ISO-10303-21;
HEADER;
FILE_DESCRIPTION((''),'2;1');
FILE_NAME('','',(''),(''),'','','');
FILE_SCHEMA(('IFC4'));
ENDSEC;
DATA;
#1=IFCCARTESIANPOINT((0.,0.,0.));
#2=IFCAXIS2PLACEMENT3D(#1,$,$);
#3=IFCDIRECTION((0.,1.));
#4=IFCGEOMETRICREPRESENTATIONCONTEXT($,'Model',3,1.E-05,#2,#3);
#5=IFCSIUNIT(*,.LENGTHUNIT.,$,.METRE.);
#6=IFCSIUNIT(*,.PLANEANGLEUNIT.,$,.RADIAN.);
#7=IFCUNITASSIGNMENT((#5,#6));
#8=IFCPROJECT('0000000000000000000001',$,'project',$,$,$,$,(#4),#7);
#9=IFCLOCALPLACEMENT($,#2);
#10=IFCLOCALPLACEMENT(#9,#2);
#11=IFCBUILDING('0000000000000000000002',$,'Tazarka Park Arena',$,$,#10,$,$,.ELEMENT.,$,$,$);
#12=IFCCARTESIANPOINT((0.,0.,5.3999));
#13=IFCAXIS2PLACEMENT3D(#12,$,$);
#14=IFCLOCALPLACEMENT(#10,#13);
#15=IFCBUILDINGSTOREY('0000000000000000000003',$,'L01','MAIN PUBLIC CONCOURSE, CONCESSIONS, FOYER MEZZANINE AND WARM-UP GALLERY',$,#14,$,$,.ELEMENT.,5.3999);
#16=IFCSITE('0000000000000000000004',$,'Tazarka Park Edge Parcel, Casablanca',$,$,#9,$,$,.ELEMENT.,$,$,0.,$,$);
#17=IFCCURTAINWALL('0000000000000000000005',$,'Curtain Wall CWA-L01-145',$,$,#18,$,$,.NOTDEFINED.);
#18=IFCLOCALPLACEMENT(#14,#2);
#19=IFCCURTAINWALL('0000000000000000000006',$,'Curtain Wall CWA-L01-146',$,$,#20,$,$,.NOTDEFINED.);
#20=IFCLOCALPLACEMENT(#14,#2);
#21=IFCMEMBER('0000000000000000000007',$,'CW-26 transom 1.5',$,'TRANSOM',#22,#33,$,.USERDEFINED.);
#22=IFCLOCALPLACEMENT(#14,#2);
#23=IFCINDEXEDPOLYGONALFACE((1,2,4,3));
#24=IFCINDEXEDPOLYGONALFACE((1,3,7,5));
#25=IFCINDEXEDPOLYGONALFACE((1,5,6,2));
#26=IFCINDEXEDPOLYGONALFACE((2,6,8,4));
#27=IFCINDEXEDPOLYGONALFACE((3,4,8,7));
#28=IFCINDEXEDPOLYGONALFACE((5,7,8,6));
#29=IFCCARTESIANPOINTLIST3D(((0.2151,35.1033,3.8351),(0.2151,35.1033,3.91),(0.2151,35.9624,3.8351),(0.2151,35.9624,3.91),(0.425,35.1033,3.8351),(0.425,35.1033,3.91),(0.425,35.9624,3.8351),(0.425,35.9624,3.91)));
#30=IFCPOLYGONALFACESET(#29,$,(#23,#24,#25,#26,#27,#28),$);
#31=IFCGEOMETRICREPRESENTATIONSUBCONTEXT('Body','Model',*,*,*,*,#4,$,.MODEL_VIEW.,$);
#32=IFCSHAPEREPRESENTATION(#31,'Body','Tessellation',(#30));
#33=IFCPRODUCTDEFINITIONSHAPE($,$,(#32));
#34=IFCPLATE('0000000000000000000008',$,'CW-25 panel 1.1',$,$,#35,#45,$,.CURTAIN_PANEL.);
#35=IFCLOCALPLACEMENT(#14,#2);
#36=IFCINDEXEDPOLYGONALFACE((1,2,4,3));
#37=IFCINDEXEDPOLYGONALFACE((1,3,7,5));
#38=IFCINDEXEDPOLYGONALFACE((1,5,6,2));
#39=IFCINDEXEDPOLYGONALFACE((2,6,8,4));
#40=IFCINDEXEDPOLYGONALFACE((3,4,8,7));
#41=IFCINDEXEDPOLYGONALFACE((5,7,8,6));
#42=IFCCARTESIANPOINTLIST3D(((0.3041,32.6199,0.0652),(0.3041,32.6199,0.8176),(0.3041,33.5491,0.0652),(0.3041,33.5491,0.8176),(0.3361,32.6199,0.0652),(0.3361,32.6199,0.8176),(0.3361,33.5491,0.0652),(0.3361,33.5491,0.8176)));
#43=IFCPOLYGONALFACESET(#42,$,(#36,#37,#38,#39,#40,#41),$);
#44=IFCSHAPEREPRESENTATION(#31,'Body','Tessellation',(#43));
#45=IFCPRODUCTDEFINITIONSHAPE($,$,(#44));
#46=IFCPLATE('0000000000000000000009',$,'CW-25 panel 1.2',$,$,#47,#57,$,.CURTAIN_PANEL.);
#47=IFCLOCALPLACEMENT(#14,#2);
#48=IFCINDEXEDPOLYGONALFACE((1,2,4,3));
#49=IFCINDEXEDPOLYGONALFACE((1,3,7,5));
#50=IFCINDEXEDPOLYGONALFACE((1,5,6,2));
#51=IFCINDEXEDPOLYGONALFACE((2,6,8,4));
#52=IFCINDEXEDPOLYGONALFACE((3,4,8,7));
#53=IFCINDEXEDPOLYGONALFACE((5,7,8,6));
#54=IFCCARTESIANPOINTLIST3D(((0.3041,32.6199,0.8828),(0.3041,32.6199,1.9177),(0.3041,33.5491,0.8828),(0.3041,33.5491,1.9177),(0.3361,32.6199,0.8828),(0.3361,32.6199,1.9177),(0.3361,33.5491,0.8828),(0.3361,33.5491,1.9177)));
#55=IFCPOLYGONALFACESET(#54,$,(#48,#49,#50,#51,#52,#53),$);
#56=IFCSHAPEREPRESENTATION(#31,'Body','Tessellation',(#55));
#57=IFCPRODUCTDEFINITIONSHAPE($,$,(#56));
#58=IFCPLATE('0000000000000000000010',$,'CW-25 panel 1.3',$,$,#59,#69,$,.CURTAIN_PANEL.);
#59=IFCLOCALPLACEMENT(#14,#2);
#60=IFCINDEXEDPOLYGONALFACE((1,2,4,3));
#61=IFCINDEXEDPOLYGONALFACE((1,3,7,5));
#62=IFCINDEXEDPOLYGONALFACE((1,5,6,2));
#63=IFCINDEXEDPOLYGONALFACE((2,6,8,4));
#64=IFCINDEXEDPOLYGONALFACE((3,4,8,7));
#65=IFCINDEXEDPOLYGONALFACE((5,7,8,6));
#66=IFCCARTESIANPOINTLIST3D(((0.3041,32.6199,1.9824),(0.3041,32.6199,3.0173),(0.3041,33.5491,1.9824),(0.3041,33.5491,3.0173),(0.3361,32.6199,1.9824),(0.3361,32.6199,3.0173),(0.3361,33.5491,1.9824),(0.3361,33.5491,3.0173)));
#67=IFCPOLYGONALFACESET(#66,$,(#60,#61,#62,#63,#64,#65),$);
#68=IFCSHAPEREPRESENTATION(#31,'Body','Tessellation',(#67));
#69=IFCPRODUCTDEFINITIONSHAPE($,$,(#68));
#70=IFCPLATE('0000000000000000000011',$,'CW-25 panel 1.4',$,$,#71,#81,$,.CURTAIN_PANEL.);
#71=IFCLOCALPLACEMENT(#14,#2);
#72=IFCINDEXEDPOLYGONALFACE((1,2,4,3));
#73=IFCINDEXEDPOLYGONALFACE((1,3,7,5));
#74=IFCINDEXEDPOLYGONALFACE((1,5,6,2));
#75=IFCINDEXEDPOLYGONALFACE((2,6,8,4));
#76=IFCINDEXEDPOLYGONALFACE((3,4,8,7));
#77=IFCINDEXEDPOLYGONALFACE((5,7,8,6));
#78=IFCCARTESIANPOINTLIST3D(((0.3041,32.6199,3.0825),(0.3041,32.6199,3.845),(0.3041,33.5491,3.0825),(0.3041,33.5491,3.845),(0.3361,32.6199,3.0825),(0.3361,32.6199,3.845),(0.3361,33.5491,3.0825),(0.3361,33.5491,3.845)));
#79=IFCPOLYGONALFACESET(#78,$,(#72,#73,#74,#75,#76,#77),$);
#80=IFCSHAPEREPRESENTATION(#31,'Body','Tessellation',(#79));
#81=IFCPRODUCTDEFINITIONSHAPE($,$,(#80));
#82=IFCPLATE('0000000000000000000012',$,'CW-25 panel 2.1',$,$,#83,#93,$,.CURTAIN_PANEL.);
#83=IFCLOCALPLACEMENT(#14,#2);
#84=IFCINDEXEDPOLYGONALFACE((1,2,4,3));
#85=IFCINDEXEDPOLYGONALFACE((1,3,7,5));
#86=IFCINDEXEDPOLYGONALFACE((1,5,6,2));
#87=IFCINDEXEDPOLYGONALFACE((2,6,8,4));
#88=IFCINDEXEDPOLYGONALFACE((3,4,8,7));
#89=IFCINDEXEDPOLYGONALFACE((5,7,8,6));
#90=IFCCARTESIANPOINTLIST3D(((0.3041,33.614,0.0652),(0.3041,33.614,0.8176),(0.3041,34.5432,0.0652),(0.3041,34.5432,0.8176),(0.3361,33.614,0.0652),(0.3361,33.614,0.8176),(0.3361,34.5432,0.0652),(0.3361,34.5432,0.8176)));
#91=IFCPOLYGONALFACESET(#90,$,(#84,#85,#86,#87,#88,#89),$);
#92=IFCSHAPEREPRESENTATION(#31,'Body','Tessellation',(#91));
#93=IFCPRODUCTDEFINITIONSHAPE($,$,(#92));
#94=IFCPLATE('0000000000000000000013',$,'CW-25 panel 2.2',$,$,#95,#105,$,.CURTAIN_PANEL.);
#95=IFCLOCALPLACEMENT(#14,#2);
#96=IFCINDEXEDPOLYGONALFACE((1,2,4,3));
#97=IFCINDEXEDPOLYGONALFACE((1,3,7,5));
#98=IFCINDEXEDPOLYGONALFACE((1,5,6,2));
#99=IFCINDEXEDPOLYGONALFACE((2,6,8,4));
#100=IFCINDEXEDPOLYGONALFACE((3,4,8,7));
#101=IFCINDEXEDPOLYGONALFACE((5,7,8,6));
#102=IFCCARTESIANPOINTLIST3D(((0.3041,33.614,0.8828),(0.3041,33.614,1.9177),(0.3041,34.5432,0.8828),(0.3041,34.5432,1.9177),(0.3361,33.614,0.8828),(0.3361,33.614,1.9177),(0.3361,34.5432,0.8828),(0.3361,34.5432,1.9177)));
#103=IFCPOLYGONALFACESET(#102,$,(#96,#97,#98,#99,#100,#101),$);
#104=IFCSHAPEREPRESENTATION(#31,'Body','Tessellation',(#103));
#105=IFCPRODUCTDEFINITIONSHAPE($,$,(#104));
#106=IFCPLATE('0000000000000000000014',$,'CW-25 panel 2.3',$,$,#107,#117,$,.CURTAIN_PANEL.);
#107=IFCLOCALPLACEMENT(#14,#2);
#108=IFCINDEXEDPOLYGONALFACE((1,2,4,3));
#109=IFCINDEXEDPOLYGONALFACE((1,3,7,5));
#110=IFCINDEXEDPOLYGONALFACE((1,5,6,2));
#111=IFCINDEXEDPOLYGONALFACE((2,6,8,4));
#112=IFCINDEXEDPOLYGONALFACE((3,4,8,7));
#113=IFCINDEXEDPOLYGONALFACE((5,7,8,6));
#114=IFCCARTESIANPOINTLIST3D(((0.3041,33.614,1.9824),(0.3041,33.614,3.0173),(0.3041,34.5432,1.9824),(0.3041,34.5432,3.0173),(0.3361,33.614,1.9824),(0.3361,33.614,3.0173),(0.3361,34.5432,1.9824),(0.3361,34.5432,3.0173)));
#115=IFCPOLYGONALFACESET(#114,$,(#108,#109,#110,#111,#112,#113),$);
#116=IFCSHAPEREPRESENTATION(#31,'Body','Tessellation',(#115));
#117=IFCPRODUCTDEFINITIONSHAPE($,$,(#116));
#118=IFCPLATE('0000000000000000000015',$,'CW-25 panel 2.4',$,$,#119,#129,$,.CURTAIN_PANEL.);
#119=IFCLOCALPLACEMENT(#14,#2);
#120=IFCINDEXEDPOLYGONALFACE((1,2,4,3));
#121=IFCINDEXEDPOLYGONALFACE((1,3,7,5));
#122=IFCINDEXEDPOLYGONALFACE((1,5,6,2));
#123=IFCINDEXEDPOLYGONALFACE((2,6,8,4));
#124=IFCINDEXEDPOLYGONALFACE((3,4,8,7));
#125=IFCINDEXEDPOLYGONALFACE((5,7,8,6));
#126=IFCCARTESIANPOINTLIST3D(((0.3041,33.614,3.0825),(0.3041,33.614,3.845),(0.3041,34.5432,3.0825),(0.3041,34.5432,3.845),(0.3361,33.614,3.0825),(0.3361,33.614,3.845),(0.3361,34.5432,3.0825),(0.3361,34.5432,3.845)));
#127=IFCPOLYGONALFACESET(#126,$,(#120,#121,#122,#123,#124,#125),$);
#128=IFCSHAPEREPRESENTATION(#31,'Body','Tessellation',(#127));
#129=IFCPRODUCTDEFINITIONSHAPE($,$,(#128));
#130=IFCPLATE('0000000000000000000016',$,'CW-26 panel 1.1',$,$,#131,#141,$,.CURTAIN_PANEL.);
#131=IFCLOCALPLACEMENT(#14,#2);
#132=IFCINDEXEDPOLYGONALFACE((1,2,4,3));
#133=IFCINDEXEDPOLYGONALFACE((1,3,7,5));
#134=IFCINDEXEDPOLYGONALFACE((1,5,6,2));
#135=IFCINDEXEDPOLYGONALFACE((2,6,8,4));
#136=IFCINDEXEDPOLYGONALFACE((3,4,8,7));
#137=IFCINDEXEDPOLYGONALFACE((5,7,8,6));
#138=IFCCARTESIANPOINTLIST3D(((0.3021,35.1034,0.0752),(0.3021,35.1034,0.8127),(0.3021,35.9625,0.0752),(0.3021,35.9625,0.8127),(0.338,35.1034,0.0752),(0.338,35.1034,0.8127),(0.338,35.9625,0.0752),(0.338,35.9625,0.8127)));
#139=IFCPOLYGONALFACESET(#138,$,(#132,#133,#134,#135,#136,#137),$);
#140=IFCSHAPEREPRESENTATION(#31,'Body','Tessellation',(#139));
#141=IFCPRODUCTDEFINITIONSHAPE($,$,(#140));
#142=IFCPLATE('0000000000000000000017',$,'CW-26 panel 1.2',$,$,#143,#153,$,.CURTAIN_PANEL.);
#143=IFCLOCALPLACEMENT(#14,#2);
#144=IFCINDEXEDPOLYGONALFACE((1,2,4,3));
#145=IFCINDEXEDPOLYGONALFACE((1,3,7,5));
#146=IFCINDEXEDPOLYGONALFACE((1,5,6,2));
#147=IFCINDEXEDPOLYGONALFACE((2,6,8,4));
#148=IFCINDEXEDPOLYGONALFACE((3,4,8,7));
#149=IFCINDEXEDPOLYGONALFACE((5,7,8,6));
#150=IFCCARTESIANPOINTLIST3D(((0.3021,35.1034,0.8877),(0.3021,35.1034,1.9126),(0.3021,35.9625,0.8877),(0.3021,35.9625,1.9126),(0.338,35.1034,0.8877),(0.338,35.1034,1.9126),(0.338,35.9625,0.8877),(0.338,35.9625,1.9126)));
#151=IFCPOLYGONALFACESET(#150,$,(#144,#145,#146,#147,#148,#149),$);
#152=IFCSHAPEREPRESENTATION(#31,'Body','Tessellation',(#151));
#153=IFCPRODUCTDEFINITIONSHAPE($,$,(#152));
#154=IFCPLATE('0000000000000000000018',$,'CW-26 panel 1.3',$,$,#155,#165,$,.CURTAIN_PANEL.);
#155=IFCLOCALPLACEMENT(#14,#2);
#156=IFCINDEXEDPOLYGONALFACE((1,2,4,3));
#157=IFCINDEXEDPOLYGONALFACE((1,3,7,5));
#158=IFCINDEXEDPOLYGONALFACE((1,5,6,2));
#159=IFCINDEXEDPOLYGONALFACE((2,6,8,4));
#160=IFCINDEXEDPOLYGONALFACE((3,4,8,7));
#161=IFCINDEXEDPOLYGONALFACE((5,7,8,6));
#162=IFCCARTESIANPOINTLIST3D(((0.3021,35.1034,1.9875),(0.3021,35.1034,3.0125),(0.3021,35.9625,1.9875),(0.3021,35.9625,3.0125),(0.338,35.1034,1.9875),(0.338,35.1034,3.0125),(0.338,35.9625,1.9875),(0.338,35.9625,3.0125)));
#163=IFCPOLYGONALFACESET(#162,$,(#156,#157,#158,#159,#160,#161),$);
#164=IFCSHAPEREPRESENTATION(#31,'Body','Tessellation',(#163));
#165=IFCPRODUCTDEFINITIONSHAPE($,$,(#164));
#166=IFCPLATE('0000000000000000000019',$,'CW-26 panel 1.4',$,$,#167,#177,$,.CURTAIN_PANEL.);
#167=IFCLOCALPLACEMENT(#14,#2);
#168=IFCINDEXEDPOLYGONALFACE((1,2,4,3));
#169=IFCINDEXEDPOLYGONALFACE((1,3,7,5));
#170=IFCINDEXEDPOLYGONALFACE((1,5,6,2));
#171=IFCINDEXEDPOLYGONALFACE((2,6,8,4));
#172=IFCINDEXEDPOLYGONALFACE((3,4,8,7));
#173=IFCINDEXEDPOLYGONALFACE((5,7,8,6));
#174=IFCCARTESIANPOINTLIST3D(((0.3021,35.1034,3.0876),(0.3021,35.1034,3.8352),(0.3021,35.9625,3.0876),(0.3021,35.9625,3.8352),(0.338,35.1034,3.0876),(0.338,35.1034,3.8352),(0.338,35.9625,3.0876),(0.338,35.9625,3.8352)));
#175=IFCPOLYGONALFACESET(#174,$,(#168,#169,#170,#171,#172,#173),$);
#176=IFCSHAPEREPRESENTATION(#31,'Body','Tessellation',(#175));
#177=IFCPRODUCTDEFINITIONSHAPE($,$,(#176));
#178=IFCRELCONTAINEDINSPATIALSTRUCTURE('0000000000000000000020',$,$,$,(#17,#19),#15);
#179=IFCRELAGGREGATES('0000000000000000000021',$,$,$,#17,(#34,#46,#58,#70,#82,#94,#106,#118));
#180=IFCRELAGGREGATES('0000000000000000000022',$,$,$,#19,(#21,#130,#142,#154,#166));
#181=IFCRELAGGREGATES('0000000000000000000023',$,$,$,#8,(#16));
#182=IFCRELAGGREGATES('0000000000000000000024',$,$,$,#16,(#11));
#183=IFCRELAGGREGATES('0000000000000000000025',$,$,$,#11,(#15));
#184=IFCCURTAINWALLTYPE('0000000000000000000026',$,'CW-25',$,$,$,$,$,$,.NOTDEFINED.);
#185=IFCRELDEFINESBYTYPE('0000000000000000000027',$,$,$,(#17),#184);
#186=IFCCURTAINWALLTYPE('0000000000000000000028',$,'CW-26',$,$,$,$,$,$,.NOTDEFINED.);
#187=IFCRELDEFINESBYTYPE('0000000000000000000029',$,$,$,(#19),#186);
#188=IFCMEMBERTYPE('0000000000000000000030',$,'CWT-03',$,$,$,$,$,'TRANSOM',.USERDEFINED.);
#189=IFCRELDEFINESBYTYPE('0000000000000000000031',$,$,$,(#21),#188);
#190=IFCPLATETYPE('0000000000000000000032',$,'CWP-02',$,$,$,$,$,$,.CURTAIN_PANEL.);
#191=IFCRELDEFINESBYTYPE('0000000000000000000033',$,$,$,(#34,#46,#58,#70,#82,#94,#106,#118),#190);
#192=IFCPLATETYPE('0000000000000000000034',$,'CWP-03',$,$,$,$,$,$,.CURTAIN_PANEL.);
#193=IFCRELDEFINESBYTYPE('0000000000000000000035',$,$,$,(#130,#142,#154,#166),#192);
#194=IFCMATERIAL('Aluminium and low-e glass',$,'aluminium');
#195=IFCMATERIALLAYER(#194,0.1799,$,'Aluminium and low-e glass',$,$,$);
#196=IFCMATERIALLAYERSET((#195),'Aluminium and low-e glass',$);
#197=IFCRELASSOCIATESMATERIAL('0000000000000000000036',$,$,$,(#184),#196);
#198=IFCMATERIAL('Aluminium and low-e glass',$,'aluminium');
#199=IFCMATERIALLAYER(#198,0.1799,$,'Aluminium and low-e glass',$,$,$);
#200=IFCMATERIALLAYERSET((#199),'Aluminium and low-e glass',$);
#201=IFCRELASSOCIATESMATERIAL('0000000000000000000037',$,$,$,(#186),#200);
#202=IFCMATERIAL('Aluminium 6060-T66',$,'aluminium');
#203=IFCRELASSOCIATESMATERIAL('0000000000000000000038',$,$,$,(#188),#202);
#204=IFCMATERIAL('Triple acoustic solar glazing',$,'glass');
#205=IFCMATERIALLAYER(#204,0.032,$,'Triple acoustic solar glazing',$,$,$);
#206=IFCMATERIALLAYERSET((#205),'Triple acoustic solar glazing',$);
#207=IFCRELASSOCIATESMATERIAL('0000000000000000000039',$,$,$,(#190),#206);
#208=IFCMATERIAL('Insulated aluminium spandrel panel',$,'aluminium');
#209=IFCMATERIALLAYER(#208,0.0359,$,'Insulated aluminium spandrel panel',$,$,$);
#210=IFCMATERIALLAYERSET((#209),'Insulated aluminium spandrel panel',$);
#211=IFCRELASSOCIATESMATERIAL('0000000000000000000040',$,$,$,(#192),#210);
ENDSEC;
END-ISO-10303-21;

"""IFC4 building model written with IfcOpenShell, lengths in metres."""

from ifc_helpers import new_model, si_unit, direction, frame, origin, origin_2d, place, context, subcontext, project, spatial, rectangle, extrude, material, layer, layer_set, material_profile, profile_set, type_object, element, aggregate, save


model = new_model("IFC4")

# Units and contexts
model_context = context("Model", 3, precision=1e-05, world=origin(), true_north=direction((0.0, 1.0)))
body_context = subcontext(model_context, "Body", "Model", "MODEL_VIEW")
ifc_project = project(units=[si_unit("LENGTHUNIT", "METRE"), si_unit("PLANEANGLEUNIT", "RADIAN")], contexts=[model_context])

# Site, building, storey
site_placement = place(None, origin())
site = spatial("IfcSite", under=ifc_project, at=site_placement, Name="Tazarka Park Edge Parcel, Casablanca", CompositionType="ELEMENT", RefElevation=0.0)
building_placement = place(site_placement, origin())
building = spatial("IfcBuilding", under=site, at=building_placement, Name="Tazarka Park Arena", CompositionType="ELEMENT")
storey_placement = place(building_placement, frame((0.0, 0.0, 5.3999)))
storey = spatial("IfcBuildingStorey", under=building, at=storey_placement, Name="L01", Description="MAIN PUBLIC CONCOURSE, CONCESSIONS, FOYER MEZZANINE AND WARM-UP GALLERY", CompositionType="ELEMENT", Elevation=5.3999)

# Curtain walls
ifc_material_1 = material(Name="Aluminium and low-e glass", Category="aluminium")
ifc_layer_1 = layer(ifc_material_1, 0.1799, Name="Aluminium and low-e glass")
ifc_layer_set_1 = layer_set([ifc_layer_1], Name="Aluminium and low-e glass")
curtain_wall_type_1 = type_object("IfcCurtainWallType", Name="CW-25", PredefinedType="NOTDEFINED", material=ifc_layer_set_1)
curtain_wall_1_placement = place(storey_placement, origin())
curtain_wall_1 = element("IfcCurtainWall", 1, at=curtain_wall_1_placement, inside=storey, type_object=curtain_wall_type_1, Name="Curtain Wall CWA-L01-145", PredefinedType="NOTDEFINED")
ifc_material_2 = material(Name="Aluminium and low-e glass", Category="aluminium")
ifc_layer_2 = layer(ifc_material_2, 0.1799, Name="Aluminium and low-e glass")
ifc_layer_set_2 = layer_set([ifc_layer_2], Name="Aluminium and low-e glass")
curtain_wall_type_2 = type_object("IfcCurtainWallType", Name="CW-26", PredefinedType="NOTDEFINED", material=ifc_layer_set_2)
curtain_wall_2_placement = place(storey_placement, origin())
curtain_wall_2 = element("IfcCurtainWall", 2, at=curtain_wall_2_placement, inside=storey, type_object=curtain_wall_type_2, Name="Curtain Wall CWA-L01-146", PredefinedType="NOTDEFINED")

# Member
ifc_material_3 = material(Name="Aluminium 6060-T66", Category="aluminium")
ifc_material_profile_1 = material_profile(ifc_material_3, rectangle(XDim=0.21, YDim=0.075, at=origin_2d()), Name="Aluminium 6060-T66")
ifc_profile_set_1 = profile_set([ifc_material_profile_1], Name="Aluminium 6060-T66")
member_type_1 = type_object("IfcMemberType", Name="CWT-03", ElementType="TRANSOM", PredefinedType="USERDEFINED", material=ifc_profile_set_1)
member_1_placement = place(storey_placement, frame((0.3201, 35.1033, 3.8726), z_axis=(0.0, 1.0, 0.0), x_axis=(-1.0, 0.0, 0.0)))
member_1 = element("IfcMember", 3, at=member_1_placement, type_object=member_type_1, Name="CW-26 transom 1.5", ObjectType="TRANSOM", PredefinedType="USERDEFINED", context=body_context, shape_type="SweptSolid", body=[
    extrude(rectangle(XDim=0.21, YDim=0.075, at=origin_2d()), origin(), (0.0, 0.0, 1.0), 0.8591),
])

# Plates
ifc_material_4 = material(Name="Triple acoustic solar glazing", Category="glass")
ifc_layer_3 = layer(ifc_material_4, 0.032, Name="Triple acoustic solar glazing")
ifc_layer_set_3 = layer_set([ifc_layer_3], Name="Triple acoustic solar glazing")
plate_type_1 = type_object("IfcPlateType", Name="CWP-02", PredefinedType="CURTAIN_PANEL", material=ifc_layer_set_3)
plate_1_placement = place(storey_placement, frame((0.3201, 33.0845, 0.0652), z_axis=(0.0, 0.0, 1.0), x_axis=(0.0, 1.0, 0.0)))
plate_1 = element("IfcPlate", 4, at=plate_1_placement, type_object=plate_type_1, Name="CW-25 panel 1.1", PredefinedType="CURTAIN_PANEL", context=body_context, shape_type="SweptSolid", body=[
    extrude(rectangle(XDim=0.9292, YDim=0.032, at=origin_2d()), origin(), (0.0, 0.0, 1.0), 0.7524),
])
plate_2_placement = place(storey_placement, frame((0.3201, 33.0845, 0.8828), z_axis=(0.0, 0.0, 1.0), x_axis=(0.0, 1.0, 0.0)))
plate_2 = element("IfcPlate", 5, at=plate_2_placement, type_object=plate_type_1, Name="CW-25 panel 1.2", PredefinedType="CURTAIN_PANEL", context=body_context, shape_type="SweptSolid", body=[
    extrude(rectangle(XDim=0.9292, YDim=0.032, at=origin_2d()), origin(), (0.0, 0.0, 1.0), 1.0349),
])
plate_3_placement = place(storey_placement, frame((0.3201, 33.0845, 1.9824), z_axis=(0.0, 0.0, 1.0), x_axis=(0.0, 1.0, 0.0)))
plate_3 = element("IfcPlate", 6, at=plate_3_placement, type_object=plate_type_1, Name="CW-25 panel 1.3", PredefinedType="CURTAIN_PANEL", context=body_context, shape_type="SweptSolid", body=[
    extrude(rectangle(XDim=0.9292, YDim=0.032, at=origin_2d()), origin(), (0.0, 0.0, 1.0), 1.0349),
])
plate_4_placement = place(storey_placement, frame((0.3201, 33.0845, 3.0825), z_axis=(0.0, 0.0, 1.0), x_axis=(0.0, 1.0, 0.0)))
plate_4 = element("IfcPlate", 7, at=plate_4_placement, type_object=plate_type_1, Name="CW-25 panel 1.4", PredefinedType="CURTAIN_PANEL", context=body_context, shape_type="SweptSolid", body=[
    extrude(rectangle(XDim=0.9292, YDim=0.032, at=origin_2d()), origin(), (0.0, 0.0, 1.0), 0.7625),
])
plate_5_placement = place(storey_placement, frame((0.3201, 34.0786, 0.0652), z_axis=(0.0, 0.0, 1.0), x_axis=(0.0, 1.0, 0.0)))
plate_5 = element("IfcPlate", 8, at=plate_5_placement, type_object=plate_type_1, Name="CW-25 panel 2.1", PredefinedType="CURTAIN_PANEL", context=body_context, shape_type="SweptSolid", body=[
    extrude(rectangle(XDim=0.9292, YDim=0.032, at=origin_2d()), origin(), (0.0, 0.0, 1.0), 0.7524),
])
plate_6_placement = place(storey_placement, frame((0.3201, 34.0786, 0.8828), z_axis=(0.0, 0.0, 1.0), x_axis=(0.0, 1.0, 0.0)))
plate_6 = element("IfcPlate", 9, at=plate_6_placement, type_object=plate_type_1, Name="CW-25 panel 2.2", PredefinedType="CURTAIN_PANEL", context=body_context, shape_type="SweptSolid", body=[
    extrude(rectangle(XDim=0.9292, YDim=0.032, at=origin_2d()), origin(), (0.0, 0.0, 1.0), 1.0349),
])
plate_7_placement = place(storey_placement, frame((0.3201, 34.0786, 1.9824), z_axis=(0.0, 0.0, 1.0), x_axis=(0.0, 1.0, 0.0)))
plate_7 = element("IfcPlate", 10, at=plate_7_placement, type_object=plate_type_1, Name="CW-25 panel 2.3", PredefinedType="CURTAIN_PANEL", context=body_context, shape_type="SweptSolid", body=[
    extrude(rectangle(XDim=0.9292, YDim=0.032, at=origin_2d()), origin(), (0.0, 0.0, 1.0), 1.0349),
])
plate_8_placement = place(storey_placement, frame((0.3201, 34.0786, 3.0825), z_axis=(0.0, 0.0, 1.0), x_axis=(0.0, 1.0, 0.0)))
plate_8 = element("IfcPlate", 11, at=plate_8_placement, type_object=plate_type_1, Name="CW-25 panel 2.4", PredefinedType="CURTAIN_PANEL", context=body_context, shape_type="SweptSolid", body=[
    extrude(rectangle(XDim=0.9292, YDim=0.032, at=origin_2d()), origin(), (0.0, 0.0, 1.0), 0.7625),
])
aggregate(curtain_wall_1, [plate_1, plate_2, plate_3, plate_4, plate_5, plate_6, plate_7, plate_8])
ifc_material_5 = material(Name="Insulated aluminium spandrel panel", Category="aluminium")
ifc_layer_4 = layer(ifc_material_5, 0.0359, Name="Insulated aluminium spandrel panel")
ifc_layer_set_4 = layer_set([ifc_layer_4], Name="Insulated aluminium spandrel panel")
plate_type_2 = type_object("IfcPlateType", Name="CWP-03", PredefinedType="CURTAIN_PANEL", material=ifc_layer_set_4)
plate_9_placement = place(storey_placement, frame((0.3201, 35.533, 0.0752), z_axis=(0.0, 0.0, 1.0), x_axis=(0.0, 1.0, 0.0)))
plate_9 = element("IfcPlate", 12, at=plate_9_placement, type_object=plate_type_2, Name="CW-26 panel 1.1", PredefinedType="CURTAIN_PANEL", context=body_context, shape_type="SweptSolid", body=[
    extrude(rectangle(XDim=0.8591, YDim=0.0359, at=origin_2d()), origin(), (0.0, 0.0, 1.0), 0.7375),
])
plate_10_placement = place(storey_placement, frame((0.3201, 35.533, 0.8877), z_axis=(0.0, 0.0, 1.0), x_axis=(0.0, 1.0, 0.0)))
plate_10 = element("IfcPlate", 13, at=plate_10_placement, type_object=plate_type_2, Name="CW-26 panel 1.2", PredefinedType="CURTAIN_PANEL", context=body_context, shape_type="SweptSolid", body=[
    extrude(rectangle(XDim=0.8591, YDim=0.0359, at=origin_2d()), origin(), (0.0, 0.0, 1.0), 1.0249),
])
plate_11_placement = place(storey_placement, frame((0.3201, 35.533, 1.9875), z_axis=(0.0, 0.0, 1.0), x_axis=(0.0, 1.0, 0.0)))
plate_11 = element("IfcPlate", 14, at=plate_11_placement, type_object=plate_type_2, Name="CW-26 panel 1.3", PredefinedType="CURTAIN_PANEL", context=body_context, shape_type="SweptSolid", body=[
    extrude(rectangle(XDim=0.8591, YDim=0.0359, at=origin_2d()), origin(), (0.0, 0.0, 1.0), 1.0249),
])
plate_12_placement = place(storey_placement, frame((0.3201, 35.533, 3.0876), z_axis=(0.0, 0.0, 1.0), x_axis=(0.0, 1.0, 0.0)))
plate_12 = element("IfcPlate", 15, at=plate_12_placement, type_object=plate_type_2, Name="CW-26 panel 1.4", PredefinedType="CURTAIN_PANEL", context=body_context, shape_type="SweptSolid", body=[
    extrude(rectangle(XDim=0.8591, YDim=0.0359, at=origin_2d()), origin(), (0.0, 0.0, 1.0), 0.7476),
])
aggregate(curtain_wall_2, [member_1, plate_9, plate_10, plate_11, plate_12])

save(model, "model.ifc")
